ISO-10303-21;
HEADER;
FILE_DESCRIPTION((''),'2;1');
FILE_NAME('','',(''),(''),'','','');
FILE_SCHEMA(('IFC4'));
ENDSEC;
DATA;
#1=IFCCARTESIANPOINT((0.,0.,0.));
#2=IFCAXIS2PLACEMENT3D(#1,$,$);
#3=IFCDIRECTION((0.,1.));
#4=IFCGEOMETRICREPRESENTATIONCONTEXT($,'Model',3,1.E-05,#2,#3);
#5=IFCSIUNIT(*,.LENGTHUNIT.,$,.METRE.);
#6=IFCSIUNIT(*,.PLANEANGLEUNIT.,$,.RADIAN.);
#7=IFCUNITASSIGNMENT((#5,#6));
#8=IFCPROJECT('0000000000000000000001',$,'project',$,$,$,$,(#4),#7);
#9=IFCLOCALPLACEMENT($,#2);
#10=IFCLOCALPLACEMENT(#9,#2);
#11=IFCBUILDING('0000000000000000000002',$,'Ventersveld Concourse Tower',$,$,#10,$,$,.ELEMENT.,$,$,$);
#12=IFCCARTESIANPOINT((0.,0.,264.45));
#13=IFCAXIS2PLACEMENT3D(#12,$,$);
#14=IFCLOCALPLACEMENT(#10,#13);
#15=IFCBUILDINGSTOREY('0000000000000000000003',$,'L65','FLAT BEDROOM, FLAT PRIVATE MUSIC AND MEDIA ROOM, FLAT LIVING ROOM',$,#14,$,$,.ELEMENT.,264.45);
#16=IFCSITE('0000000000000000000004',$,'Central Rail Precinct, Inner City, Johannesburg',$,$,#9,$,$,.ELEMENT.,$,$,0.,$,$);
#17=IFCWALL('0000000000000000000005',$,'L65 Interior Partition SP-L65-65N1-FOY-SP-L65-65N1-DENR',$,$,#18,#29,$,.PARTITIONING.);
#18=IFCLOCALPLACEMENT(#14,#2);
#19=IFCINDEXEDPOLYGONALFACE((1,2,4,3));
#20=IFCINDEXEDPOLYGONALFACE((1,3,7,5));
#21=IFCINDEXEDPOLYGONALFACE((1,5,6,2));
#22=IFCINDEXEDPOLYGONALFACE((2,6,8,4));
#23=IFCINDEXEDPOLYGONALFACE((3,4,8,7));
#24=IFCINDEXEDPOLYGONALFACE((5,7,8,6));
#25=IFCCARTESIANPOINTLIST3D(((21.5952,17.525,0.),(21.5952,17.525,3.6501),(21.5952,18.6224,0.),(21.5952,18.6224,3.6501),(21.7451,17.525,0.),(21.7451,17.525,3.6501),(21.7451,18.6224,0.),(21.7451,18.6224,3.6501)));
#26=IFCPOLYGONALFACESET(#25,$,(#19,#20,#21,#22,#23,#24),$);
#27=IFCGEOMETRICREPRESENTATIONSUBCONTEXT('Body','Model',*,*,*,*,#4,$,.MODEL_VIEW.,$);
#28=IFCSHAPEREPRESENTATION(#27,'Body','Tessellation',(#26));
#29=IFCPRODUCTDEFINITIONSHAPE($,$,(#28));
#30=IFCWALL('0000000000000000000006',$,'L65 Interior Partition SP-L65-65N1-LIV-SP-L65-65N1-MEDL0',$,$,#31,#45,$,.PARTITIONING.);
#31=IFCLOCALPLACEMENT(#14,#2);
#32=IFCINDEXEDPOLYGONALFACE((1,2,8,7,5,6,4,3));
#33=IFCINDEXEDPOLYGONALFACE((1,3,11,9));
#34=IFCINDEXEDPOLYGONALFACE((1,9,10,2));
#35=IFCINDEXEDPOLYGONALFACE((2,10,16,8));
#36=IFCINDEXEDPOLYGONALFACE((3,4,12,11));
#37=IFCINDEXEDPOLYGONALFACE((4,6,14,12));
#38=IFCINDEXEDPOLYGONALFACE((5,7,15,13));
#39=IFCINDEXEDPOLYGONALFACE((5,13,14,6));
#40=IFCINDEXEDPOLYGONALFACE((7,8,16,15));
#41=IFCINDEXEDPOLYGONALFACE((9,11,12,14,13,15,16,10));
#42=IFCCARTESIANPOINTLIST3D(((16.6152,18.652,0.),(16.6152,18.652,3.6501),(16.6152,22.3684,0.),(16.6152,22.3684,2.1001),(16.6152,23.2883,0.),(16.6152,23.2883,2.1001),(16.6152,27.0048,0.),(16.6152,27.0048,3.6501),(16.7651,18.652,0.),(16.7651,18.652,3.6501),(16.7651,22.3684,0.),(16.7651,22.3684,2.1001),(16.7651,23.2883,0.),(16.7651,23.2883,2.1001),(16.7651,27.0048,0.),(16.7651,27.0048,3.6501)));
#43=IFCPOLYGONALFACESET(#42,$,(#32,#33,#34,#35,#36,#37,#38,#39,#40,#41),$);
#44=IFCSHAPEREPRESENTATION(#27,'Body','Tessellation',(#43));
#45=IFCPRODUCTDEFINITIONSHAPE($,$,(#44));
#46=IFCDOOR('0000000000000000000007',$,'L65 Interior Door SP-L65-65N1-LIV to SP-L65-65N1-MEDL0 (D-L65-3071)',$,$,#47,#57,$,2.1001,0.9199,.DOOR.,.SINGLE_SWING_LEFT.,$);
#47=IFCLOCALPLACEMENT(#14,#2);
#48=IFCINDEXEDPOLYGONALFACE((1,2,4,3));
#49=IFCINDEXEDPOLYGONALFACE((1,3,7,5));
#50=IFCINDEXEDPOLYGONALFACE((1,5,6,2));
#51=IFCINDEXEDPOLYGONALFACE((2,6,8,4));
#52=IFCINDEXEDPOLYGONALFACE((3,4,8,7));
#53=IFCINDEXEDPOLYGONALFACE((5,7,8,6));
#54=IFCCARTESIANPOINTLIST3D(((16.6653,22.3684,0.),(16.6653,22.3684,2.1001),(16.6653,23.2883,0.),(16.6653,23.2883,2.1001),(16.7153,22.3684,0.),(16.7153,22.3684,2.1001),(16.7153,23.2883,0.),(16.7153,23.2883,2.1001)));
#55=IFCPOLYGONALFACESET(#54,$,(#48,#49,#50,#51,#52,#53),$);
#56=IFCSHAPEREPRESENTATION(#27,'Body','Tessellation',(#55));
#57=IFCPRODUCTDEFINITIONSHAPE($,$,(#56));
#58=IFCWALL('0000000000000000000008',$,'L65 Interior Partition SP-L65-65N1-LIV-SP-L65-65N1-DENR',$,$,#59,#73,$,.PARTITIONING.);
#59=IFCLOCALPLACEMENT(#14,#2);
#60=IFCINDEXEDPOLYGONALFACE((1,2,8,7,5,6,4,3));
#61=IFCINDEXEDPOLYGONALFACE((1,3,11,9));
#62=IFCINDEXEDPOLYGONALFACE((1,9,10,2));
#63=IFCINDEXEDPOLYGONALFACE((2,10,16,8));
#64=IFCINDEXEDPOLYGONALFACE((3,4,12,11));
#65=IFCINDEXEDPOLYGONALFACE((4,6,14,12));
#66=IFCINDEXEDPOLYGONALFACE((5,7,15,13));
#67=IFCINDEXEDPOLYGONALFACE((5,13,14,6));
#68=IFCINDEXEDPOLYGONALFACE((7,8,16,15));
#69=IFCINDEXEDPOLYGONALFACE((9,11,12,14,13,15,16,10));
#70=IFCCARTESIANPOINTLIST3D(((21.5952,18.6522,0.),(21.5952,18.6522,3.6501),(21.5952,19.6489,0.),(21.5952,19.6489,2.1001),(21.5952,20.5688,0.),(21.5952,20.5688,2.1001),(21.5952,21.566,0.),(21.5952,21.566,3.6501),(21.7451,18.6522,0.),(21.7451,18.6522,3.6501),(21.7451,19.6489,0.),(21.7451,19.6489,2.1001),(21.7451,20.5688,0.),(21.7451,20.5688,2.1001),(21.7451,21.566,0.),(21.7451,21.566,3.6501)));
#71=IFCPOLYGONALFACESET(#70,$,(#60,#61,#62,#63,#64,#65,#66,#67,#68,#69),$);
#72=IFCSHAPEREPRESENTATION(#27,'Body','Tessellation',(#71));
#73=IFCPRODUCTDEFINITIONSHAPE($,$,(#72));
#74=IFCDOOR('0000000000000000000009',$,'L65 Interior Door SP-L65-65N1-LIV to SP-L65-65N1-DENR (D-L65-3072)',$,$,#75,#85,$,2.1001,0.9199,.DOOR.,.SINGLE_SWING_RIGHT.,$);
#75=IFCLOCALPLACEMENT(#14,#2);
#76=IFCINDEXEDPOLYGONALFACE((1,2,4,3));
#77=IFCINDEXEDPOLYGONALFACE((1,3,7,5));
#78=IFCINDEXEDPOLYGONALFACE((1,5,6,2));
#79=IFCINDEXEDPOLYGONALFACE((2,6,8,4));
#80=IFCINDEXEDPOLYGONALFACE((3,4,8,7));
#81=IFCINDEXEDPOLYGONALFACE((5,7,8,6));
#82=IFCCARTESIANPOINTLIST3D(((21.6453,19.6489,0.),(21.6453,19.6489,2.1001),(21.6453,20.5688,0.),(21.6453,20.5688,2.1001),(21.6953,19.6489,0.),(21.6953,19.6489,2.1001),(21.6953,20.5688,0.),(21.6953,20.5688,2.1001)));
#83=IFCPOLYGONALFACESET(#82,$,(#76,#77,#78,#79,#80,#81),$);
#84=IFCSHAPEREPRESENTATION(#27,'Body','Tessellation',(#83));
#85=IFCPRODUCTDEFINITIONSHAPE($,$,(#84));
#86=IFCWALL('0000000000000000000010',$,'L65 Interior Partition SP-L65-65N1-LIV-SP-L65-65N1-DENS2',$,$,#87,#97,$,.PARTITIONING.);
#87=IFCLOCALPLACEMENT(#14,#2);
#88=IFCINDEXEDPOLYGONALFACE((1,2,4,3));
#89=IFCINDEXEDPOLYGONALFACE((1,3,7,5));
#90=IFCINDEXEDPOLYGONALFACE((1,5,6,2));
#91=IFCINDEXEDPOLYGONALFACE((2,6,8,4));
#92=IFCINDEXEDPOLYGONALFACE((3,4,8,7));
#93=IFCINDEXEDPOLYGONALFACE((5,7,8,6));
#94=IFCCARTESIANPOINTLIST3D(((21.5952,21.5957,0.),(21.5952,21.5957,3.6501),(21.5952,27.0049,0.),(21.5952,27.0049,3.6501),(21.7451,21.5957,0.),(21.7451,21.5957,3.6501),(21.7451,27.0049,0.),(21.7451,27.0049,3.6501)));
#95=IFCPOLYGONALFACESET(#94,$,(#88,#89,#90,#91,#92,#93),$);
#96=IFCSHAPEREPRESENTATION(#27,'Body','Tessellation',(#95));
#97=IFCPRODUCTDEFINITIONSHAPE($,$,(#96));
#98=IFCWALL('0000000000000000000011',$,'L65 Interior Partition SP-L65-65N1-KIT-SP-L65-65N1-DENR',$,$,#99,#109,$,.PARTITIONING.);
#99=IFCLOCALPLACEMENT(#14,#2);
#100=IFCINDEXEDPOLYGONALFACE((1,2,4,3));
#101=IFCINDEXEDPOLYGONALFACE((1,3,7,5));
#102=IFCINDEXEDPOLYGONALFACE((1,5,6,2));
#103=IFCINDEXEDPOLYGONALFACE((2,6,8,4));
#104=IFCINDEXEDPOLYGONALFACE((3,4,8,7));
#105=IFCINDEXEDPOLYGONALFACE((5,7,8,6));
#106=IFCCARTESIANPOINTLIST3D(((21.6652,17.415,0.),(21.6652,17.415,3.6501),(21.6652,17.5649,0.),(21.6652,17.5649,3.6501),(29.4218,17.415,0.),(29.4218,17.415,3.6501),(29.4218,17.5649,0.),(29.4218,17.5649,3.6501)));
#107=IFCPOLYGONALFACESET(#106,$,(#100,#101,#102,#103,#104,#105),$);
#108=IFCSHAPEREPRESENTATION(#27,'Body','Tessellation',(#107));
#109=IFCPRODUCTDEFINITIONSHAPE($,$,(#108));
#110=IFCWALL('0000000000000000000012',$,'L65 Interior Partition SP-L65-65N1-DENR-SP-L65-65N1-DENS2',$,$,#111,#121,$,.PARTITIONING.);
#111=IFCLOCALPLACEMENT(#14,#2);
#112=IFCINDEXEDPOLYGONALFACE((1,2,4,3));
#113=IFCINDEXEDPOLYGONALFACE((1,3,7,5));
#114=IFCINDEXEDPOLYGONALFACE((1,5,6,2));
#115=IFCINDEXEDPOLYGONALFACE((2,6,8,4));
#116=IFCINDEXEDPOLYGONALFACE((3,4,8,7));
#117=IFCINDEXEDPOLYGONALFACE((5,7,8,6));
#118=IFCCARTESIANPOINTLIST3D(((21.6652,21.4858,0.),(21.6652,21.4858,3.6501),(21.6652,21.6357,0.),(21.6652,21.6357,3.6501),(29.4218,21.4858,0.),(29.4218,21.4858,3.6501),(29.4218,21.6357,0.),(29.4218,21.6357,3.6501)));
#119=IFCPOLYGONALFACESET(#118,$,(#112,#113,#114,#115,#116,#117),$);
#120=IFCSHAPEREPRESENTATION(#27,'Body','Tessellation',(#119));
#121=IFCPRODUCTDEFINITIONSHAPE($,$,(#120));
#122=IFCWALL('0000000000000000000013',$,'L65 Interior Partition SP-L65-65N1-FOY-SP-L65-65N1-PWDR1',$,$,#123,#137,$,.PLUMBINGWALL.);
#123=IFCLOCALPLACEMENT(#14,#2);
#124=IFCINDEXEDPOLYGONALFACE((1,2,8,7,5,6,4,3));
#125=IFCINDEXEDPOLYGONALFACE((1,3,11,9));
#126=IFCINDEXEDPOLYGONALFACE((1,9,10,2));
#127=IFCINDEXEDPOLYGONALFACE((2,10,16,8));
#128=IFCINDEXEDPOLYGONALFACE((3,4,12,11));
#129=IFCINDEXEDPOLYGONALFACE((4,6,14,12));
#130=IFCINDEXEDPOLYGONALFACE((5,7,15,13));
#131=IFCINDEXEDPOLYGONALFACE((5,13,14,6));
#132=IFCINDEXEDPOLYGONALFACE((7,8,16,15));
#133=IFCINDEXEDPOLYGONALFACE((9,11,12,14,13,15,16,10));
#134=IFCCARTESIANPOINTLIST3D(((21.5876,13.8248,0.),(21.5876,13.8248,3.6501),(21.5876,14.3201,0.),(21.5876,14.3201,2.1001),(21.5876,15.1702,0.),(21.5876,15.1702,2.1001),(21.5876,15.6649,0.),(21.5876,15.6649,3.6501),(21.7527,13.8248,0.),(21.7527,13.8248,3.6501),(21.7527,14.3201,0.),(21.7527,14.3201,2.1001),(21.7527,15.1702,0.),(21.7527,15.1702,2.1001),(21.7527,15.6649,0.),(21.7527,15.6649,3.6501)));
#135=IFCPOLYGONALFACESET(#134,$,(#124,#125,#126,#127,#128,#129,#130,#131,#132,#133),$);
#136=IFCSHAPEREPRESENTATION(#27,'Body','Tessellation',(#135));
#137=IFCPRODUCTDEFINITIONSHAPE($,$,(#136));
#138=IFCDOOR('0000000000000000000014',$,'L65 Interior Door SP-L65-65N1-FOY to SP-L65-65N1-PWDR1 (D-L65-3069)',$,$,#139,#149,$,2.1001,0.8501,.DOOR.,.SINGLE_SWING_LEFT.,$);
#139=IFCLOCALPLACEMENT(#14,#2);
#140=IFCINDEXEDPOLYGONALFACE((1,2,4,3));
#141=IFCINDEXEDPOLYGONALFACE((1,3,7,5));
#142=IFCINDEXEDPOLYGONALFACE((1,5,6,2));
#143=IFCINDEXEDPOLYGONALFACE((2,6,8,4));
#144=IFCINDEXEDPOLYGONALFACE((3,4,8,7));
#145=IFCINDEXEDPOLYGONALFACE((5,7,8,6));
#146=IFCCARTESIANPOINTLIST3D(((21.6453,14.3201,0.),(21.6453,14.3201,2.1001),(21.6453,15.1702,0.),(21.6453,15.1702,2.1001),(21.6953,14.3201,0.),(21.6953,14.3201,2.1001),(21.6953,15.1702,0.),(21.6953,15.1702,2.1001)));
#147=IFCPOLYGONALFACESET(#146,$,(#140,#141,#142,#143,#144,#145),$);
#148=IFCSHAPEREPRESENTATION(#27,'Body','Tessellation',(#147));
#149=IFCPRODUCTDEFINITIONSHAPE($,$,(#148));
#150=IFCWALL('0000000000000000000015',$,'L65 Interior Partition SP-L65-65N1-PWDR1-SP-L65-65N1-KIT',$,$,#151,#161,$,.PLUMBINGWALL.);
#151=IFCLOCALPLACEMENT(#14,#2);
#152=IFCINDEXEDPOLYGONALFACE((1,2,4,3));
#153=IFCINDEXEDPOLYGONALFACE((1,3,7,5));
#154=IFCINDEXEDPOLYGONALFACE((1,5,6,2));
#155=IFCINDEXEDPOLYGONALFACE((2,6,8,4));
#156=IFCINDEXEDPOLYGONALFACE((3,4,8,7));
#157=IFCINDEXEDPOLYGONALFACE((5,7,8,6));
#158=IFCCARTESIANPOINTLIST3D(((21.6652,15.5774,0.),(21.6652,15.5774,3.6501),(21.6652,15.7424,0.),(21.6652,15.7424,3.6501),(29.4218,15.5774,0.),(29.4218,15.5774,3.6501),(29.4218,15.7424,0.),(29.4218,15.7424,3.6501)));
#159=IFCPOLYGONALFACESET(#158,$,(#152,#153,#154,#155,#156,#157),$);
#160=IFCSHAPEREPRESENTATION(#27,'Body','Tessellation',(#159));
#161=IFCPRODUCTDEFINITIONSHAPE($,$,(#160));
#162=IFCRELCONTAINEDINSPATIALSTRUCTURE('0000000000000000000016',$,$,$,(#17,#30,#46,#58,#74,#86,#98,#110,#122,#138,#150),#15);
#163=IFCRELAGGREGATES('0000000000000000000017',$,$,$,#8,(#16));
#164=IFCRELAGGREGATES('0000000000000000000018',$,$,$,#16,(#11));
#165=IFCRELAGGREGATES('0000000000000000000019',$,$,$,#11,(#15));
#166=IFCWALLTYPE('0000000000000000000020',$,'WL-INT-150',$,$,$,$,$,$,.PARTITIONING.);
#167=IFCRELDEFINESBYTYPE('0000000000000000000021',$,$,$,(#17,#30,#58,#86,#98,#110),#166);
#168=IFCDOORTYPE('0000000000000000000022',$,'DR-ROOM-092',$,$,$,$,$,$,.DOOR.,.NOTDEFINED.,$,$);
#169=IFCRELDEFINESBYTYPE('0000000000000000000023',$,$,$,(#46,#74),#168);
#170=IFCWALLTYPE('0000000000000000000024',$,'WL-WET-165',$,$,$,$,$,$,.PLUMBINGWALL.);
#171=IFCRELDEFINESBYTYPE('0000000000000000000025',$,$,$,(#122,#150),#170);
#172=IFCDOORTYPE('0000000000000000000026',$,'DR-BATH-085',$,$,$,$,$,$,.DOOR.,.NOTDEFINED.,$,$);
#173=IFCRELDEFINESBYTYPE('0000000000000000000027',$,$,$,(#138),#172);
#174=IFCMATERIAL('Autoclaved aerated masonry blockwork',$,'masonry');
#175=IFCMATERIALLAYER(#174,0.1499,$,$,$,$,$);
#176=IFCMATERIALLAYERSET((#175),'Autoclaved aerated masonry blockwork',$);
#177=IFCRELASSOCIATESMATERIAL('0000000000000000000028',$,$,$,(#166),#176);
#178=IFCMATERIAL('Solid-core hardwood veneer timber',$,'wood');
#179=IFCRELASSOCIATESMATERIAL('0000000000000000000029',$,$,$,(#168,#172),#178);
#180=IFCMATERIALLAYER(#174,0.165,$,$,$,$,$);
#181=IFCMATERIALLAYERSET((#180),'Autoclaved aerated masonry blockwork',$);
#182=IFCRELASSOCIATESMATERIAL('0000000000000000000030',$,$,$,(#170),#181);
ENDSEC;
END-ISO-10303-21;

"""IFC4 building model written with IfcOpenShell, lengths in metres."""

from ifc_helpers import new_model, si_unit, direction, frame, frame_2d, origin, place, context, subcontext, project, spatial, rectangle, extrude, material, layer, layer_set, type_object, element, fill, save


model = new_model("IFC4")

# Units and contexts
model_context = context("Model", 3, precision=1e-05, world=origin(), true_north=direction((0.0, 1.0)))
body_context = subcontext(model_context, "Body", "Model", "MODEL_VIEW")
ifc_project = project(units=[si_unit("LENGTHUNIT", "METRE"), si_unit("PLANEANGLEUNIT", "RADIAN")], contexts=[model_context])

# Site, building, storey
site_placement = place(None, origin())
site = spatial("IfcSite", under=ifc_project, at=site_placement, Name="Central Rail Precinct, Inner City, Johannesburg", CompositionType="ELEMENT", RefElevation=0.0)
building_placement = place(site_placement, origin())
building = spatial("IfcBuilding", under=site, at=building_placement, Name="Ventersveld Concourse Tower", CompositionType="ELEMENT")
storey_placement = place(building_placement, frame((0.0, 0.0, 264.45)))
storey = spatial("IfcBuildingStorey", under=building, at=storey_placement, Name="L65", Description="FLAT BEDROOM, FLAT PRIVATE MUSIC AND MEDIA ROOM, FLAT LIVING ROOM", CompositionType="ELEMENT", Elevation=264.45)

# Shared definitions
ifc_material_1 = material(Name="Autoclaved aerated masonry blockwork", Category="masonry")
ifc_layer_1 = layer(ifc_material_1, 0.1499)
ifc_layer_set_1 = layer_set([ifc_layer_1], Name="Autoclaved aerated masonry blockwork")
wall_type_1 = type_object("IfcWallType", Name="WL-INT-150", PredefinedType="PARTITIONING", material=ifc_layer_set_1)
ifc_material_2 = material(Name="Solid-core hardwood veneer timber", Category="wood")
door_type_1 = type_object("IfcDoorType", Name="DR-ROOM-092", OperationType="NOTDEFINED", PredefinedType="DOOR", material=ifc_material_2)

# Wall
wall_1_placement = place(storey_placement, frame((21.6702, 17.5249, 0.0), z_axis=(0.0, 0.0, 1.0), x_axis=(0.0, 1.0, 0.0)))
element("IfcWall", 1, at=wall_1_placement, inside=storey, type_object=wall_type_1, Name="L65 Interior Partition SP-L65-65N1-FOY-SP-L65-65N1-DENR", PredefinedType="PARTITIONING", context=body_context, shape_type="SweptSolid", body=[
    extrude(rectangle(XDim=1.0974, YDim=0.1499, at=frame_2d((0.5488, 0.0))), origin(), (0.0, 0.0, 1.0), 3.6501),
])

# Walls, openings, doors
wall_2_placement = place(storey_placement, frame((16.6902, 18.6521, 0.0), z_axis=(0.0, 0.0, 1.0), x_axis=(0.0, 1.0, 0.0)))
wall_2 = element("IfcWall", 2, at=wall_2_placement, inside=storey, type_object=wall_type_1, Name="L65 Interior Partition SP-L65-65N1-LIV-SP-L65-65N1-MEDL0", PredefinedType="PARTITIONING", context=body_context, shape_type="SweptSolid", body=[
    extrude(rectangle(XDim=8.3528, YDim=0.1499, at=frame_2d((4.1763, 0.0))), origin(), (0.0, 0.0, 1.0), 3.6501),
])
opening_1_placement = place(wall_2_placement, frame((3.7163, 0.0, 0.0)))
opening_1 = element("IfcOpeningElement", 3, at=opening_1_placement, cuts=wall_2, PredefinedType="OPENING", context=body_context, shape_type="SweptSolid", body=[
    extrude(rectangle(XDim=0.9199, YDim=2.1001, at=frame_2d((0.46, 1.05))), frame((0.0, 0.085, 0.0), z_axis=(0.0, -1.0, 0.0), x_axis=(1.0, 0.0, 0.0)), (0.0, 0.0, 1.0), 0.1699),
])
door_1_placement = place(opening_1_placement, origin())
door_1 = element("IfcDoor", 4, at=door_1_placement, inside=storey, type_object=door_type_1, Name="L65 Interior Door SP-L65-65N1-LIV to SP-L65-65N1-MEDL0 (D-L65-3071)", OperationType="SINGLE_SWING_LEFT", OverallHeight=2.1001, OverallWidth=0.9199, PredefinedType="DOOR", context=body_context, shape_type="SweptSolid", body=[
    extrude(rectangle(XDim=0.9199, YDim=2.1001, at=frame_2d((0.46, 1.05))), frame((0.0, 0.0249, 0.0), z_axis=(0.0, -1.0, 0.0), x_axis=(1.0, 0.0, 0.0)), (0.0, 0.0, 1.0), 0.05),
])
fill(opening_1, door_1)
wall_3_placement = place(storey_placement, frame((21.6702, 18.6521, 0.0), z_axis=(0.0, 0.0, 1.0), x_axis=(0.0, 1.0, 0.0)))
wall_3 = element("IfcWall", 5, at=wall_3_placement, inside=storey, type_object=wall_type_1, Name="L65 Interior Partition SP-L65-65N1-LIV-SP-L65-65N1-DENR", PredefinedType="PARTITIONING", context=body_context, shape_type="SweptSolid", body=[
    extrude(rectangle(XDim=2.9138, YDim=0.1499, at=frame_2d((1.457, 0.0))), origin(), (0.0, 0.0, 1.0), 3.6501),
])
opening_2_placement = place(wall_3_placement, frame((0.9968, 0.0, 0.0)))
opening_2 = element("IfcOpeningElement", 6, at=opening_2_placement, cuts=wall_3, PredefinedType="OPENING", context=body_context, shape_type="SweptSolid", body=[
    extrude(rectangle(XDim=0.9199, YDim=2.1001, at=frame_2d((0.46, 1.05))), frame((0.0, 0.085, 0.0), z_axis=(0.0, -1.0, 0.0), x_axis=(1.0, 0.0, 0.0)), (0.0, 0.0, 1.0), 0.1699),
])
door_2_placement = place(opening_2_placement, origin())
door_2 = element("IfcDoor", 7, at=door_2_placement, inside=storey, type_object=door_type_1, Name="L65 Interior Door SP-L65-65N1-LIV to SP-L65-65N1-DENR (D-L65-3072)", OperationType="SINGLE_SWING_RIGHT", OverallHeight=2.1001, OverallWidth=0.9199, PredefinedType="DOOR", context=body_context, shape_type="SweptSolid", body=[
    extrude(rectangle(XDim=0.9199, YDim=2.1001, at=frame_2d((0.46, 1.05))), frame((0.0, 0.0249, 0.0), z_axis=(0.0, -1.0, 0.0), x_axis=(1.0, 0.0, 0.0)), (0.0, 0.0, 1.0), 0.05),
])
fill(opening_2, door_2)

# Walls
wall_4_placement = place(storey_placement, frame((21.6702, 21.5957, 0.0), z_axis=(0.0, 0.0, 1.0), x_axis=(0.0, 1.0, 0.0)))
element("IfcWall", 8, at=wall_4_placement, inside=storey, type_object=wall_type_1, Name="L65 Interior Partition SP-L65-65N1-LIV-SP-L65-65N1-DENS2", PredefinedType="PARTITIONING", context=body_context, shape_type="SweptSolid", body=[
    extrude(rectangle(XDim=5.4092, YDim=0.1499, at=frame_2d((2.7046, 0.0))), origin(), (0.0, 0.0, 1.0), 3.6501),
])
for number, where, z_axis, x_axis, name in (
    (9, (21.665, 17.49, 0.0), (0.0, 0.0, 1.0), (1.0, 0.0, 0.0), "L65 Interior Partition SP-L65-65N1-KIT-SP-L65-65N1-DENR"),
    (10, (21.665, 21.5608, 0.0), (0.0, 0.0, 1.0), (1.0, 0.0, 0.0), "L65 Interior Partition SP-L65-65N1-DENR-SP-L65-65N1-DENS2"),
):
    element("IfcWall", number, at=place(storey_placement, frame(where, z_axis=z_axis, x_axis=x_axis)), inside=storey, type_object=wall_type_1, Name=name, PredefinedType="PARTITIONING", context=body_context, shape_type="SweptSolid", body=[
        extrude(rectangle(XDim=7.7566, YDim=0.1499, at=frame_2d((3.8784, 0.0))), origin(), (0.0, 0.0, 1.0), 3.6501),
    ])

# Wall, opening, door
ifc_layer_2 = layer(ifc_material_1, 0.165)
ifc_layer_set_2 = layer_set([ifc_layer_2], Name="Autoclaved aerated masonry blockwork")
wall_type_2 = type_object("IfcWallType", Name="WL-WET-165", PredefinedType="PLUMBINGWALL", material=ifc_layer_set_2)
wall_5_placement = place(storey_placement, frame((21.6702, 13.825, 0.0), z_axis=(0.0, 0.0, 1.0), x_axis=(0.0, 1.0, 0.0)))
wall_5 = element("IfcWall", 11, at=wall_5_placement, inside=storey, type_object=wall_type_2, Name="L65 Interior Partition SP-L65-65N1-FOY-SP-L65-65N1-PWDR1", PredefinedType="PLUMBINGWALL", context=body_context, shape_type="SweptSolid", body=[
    extrude(rectangle(XDim=1.8401, YDim=0.165, at=frame_2d((0.9199, 0.0))), origin(), (0.0, 0.0, 1.0), 3.6501),
])
opening_3_placement = place(wall_5_placement, frame((0.4951, 0.0, 0.0)))
opening_3 = element("IfcOpeningElement", 12, at=opening_3_placement, cuts=wall_5, PredefinedType="OPENING", context=body_context, shape_type="SweptSolid", body=[
    extrude(rectangle(XDim=0.8501, YDim=2.1001, at=frame_2d((0.425, 1.05))), frame((0.0, 0.0925, 0.0), z_axis=(0.0, -1.0, 0.0), x_axis=(1.0, 0.0, 0.0)), (0.0, 0.0, 1.0), 0.1851),
])
door_type_2 = type_object("IfcDoorType", Name="DR-BATH-085", OperationType="NOTDEFINED", PredefinedType="DOOR", material=ifc_material_2)
door_3_placement = place(opening_3_placement, origin())
door_3 = element("IfcDoor", 13, at=door_3_placement, inside=storey, type_object=door_type_2, Name="L65 Interior Door SP-L65-65N1-FOY to SP-L65-65N1-PWDR1 (D-L65-3069)", OperationType="SINGLE_SWING_LEFT", OverallHeight=2.1001, OverallWidth=0.8501, PredefinedType="DOOR", context=body_context, shape_type="SweptSolid", body=[
    extrude(rectangle(XDim=0.8501, YDim=2.1001, at=frame_2d((0.425, 1.05))), frame((0.0, 0.0249, 0.0), z_axis=(0.0, -1.0, 0.0), x_axis=(1.0, 0.0, 0.0)), (0.0, 0.0, 1.0), 0.05),
])
fill(opening_3, door_3)

# Wall
wall_6_placement = place(storey_placement, frame((21.665, 15.6599, 0.0), z_axis=(0.0, 0.0, 1.0), x_axis=(1.0, 0.0, 0.0)))
element("IfcWall", 14, at=wall_6_placement, inside=storey, type_object=wall_type_2, Name="L65 Interior Partition SP-L65-65N1-PWDR1-SP-L65-65N1-KIT", PredefinedType="PLUMBINGWALL", context=body_context, shape_type="SweptSolid", body=[
    extrude(rectangle(XDim=7.7566, YDim=0.165, at=frame_2d((3.8784, 0.0))), origin(), (0.0, 0.0, 1.0), 3.6501),
])

save(model, "model.ifc")
